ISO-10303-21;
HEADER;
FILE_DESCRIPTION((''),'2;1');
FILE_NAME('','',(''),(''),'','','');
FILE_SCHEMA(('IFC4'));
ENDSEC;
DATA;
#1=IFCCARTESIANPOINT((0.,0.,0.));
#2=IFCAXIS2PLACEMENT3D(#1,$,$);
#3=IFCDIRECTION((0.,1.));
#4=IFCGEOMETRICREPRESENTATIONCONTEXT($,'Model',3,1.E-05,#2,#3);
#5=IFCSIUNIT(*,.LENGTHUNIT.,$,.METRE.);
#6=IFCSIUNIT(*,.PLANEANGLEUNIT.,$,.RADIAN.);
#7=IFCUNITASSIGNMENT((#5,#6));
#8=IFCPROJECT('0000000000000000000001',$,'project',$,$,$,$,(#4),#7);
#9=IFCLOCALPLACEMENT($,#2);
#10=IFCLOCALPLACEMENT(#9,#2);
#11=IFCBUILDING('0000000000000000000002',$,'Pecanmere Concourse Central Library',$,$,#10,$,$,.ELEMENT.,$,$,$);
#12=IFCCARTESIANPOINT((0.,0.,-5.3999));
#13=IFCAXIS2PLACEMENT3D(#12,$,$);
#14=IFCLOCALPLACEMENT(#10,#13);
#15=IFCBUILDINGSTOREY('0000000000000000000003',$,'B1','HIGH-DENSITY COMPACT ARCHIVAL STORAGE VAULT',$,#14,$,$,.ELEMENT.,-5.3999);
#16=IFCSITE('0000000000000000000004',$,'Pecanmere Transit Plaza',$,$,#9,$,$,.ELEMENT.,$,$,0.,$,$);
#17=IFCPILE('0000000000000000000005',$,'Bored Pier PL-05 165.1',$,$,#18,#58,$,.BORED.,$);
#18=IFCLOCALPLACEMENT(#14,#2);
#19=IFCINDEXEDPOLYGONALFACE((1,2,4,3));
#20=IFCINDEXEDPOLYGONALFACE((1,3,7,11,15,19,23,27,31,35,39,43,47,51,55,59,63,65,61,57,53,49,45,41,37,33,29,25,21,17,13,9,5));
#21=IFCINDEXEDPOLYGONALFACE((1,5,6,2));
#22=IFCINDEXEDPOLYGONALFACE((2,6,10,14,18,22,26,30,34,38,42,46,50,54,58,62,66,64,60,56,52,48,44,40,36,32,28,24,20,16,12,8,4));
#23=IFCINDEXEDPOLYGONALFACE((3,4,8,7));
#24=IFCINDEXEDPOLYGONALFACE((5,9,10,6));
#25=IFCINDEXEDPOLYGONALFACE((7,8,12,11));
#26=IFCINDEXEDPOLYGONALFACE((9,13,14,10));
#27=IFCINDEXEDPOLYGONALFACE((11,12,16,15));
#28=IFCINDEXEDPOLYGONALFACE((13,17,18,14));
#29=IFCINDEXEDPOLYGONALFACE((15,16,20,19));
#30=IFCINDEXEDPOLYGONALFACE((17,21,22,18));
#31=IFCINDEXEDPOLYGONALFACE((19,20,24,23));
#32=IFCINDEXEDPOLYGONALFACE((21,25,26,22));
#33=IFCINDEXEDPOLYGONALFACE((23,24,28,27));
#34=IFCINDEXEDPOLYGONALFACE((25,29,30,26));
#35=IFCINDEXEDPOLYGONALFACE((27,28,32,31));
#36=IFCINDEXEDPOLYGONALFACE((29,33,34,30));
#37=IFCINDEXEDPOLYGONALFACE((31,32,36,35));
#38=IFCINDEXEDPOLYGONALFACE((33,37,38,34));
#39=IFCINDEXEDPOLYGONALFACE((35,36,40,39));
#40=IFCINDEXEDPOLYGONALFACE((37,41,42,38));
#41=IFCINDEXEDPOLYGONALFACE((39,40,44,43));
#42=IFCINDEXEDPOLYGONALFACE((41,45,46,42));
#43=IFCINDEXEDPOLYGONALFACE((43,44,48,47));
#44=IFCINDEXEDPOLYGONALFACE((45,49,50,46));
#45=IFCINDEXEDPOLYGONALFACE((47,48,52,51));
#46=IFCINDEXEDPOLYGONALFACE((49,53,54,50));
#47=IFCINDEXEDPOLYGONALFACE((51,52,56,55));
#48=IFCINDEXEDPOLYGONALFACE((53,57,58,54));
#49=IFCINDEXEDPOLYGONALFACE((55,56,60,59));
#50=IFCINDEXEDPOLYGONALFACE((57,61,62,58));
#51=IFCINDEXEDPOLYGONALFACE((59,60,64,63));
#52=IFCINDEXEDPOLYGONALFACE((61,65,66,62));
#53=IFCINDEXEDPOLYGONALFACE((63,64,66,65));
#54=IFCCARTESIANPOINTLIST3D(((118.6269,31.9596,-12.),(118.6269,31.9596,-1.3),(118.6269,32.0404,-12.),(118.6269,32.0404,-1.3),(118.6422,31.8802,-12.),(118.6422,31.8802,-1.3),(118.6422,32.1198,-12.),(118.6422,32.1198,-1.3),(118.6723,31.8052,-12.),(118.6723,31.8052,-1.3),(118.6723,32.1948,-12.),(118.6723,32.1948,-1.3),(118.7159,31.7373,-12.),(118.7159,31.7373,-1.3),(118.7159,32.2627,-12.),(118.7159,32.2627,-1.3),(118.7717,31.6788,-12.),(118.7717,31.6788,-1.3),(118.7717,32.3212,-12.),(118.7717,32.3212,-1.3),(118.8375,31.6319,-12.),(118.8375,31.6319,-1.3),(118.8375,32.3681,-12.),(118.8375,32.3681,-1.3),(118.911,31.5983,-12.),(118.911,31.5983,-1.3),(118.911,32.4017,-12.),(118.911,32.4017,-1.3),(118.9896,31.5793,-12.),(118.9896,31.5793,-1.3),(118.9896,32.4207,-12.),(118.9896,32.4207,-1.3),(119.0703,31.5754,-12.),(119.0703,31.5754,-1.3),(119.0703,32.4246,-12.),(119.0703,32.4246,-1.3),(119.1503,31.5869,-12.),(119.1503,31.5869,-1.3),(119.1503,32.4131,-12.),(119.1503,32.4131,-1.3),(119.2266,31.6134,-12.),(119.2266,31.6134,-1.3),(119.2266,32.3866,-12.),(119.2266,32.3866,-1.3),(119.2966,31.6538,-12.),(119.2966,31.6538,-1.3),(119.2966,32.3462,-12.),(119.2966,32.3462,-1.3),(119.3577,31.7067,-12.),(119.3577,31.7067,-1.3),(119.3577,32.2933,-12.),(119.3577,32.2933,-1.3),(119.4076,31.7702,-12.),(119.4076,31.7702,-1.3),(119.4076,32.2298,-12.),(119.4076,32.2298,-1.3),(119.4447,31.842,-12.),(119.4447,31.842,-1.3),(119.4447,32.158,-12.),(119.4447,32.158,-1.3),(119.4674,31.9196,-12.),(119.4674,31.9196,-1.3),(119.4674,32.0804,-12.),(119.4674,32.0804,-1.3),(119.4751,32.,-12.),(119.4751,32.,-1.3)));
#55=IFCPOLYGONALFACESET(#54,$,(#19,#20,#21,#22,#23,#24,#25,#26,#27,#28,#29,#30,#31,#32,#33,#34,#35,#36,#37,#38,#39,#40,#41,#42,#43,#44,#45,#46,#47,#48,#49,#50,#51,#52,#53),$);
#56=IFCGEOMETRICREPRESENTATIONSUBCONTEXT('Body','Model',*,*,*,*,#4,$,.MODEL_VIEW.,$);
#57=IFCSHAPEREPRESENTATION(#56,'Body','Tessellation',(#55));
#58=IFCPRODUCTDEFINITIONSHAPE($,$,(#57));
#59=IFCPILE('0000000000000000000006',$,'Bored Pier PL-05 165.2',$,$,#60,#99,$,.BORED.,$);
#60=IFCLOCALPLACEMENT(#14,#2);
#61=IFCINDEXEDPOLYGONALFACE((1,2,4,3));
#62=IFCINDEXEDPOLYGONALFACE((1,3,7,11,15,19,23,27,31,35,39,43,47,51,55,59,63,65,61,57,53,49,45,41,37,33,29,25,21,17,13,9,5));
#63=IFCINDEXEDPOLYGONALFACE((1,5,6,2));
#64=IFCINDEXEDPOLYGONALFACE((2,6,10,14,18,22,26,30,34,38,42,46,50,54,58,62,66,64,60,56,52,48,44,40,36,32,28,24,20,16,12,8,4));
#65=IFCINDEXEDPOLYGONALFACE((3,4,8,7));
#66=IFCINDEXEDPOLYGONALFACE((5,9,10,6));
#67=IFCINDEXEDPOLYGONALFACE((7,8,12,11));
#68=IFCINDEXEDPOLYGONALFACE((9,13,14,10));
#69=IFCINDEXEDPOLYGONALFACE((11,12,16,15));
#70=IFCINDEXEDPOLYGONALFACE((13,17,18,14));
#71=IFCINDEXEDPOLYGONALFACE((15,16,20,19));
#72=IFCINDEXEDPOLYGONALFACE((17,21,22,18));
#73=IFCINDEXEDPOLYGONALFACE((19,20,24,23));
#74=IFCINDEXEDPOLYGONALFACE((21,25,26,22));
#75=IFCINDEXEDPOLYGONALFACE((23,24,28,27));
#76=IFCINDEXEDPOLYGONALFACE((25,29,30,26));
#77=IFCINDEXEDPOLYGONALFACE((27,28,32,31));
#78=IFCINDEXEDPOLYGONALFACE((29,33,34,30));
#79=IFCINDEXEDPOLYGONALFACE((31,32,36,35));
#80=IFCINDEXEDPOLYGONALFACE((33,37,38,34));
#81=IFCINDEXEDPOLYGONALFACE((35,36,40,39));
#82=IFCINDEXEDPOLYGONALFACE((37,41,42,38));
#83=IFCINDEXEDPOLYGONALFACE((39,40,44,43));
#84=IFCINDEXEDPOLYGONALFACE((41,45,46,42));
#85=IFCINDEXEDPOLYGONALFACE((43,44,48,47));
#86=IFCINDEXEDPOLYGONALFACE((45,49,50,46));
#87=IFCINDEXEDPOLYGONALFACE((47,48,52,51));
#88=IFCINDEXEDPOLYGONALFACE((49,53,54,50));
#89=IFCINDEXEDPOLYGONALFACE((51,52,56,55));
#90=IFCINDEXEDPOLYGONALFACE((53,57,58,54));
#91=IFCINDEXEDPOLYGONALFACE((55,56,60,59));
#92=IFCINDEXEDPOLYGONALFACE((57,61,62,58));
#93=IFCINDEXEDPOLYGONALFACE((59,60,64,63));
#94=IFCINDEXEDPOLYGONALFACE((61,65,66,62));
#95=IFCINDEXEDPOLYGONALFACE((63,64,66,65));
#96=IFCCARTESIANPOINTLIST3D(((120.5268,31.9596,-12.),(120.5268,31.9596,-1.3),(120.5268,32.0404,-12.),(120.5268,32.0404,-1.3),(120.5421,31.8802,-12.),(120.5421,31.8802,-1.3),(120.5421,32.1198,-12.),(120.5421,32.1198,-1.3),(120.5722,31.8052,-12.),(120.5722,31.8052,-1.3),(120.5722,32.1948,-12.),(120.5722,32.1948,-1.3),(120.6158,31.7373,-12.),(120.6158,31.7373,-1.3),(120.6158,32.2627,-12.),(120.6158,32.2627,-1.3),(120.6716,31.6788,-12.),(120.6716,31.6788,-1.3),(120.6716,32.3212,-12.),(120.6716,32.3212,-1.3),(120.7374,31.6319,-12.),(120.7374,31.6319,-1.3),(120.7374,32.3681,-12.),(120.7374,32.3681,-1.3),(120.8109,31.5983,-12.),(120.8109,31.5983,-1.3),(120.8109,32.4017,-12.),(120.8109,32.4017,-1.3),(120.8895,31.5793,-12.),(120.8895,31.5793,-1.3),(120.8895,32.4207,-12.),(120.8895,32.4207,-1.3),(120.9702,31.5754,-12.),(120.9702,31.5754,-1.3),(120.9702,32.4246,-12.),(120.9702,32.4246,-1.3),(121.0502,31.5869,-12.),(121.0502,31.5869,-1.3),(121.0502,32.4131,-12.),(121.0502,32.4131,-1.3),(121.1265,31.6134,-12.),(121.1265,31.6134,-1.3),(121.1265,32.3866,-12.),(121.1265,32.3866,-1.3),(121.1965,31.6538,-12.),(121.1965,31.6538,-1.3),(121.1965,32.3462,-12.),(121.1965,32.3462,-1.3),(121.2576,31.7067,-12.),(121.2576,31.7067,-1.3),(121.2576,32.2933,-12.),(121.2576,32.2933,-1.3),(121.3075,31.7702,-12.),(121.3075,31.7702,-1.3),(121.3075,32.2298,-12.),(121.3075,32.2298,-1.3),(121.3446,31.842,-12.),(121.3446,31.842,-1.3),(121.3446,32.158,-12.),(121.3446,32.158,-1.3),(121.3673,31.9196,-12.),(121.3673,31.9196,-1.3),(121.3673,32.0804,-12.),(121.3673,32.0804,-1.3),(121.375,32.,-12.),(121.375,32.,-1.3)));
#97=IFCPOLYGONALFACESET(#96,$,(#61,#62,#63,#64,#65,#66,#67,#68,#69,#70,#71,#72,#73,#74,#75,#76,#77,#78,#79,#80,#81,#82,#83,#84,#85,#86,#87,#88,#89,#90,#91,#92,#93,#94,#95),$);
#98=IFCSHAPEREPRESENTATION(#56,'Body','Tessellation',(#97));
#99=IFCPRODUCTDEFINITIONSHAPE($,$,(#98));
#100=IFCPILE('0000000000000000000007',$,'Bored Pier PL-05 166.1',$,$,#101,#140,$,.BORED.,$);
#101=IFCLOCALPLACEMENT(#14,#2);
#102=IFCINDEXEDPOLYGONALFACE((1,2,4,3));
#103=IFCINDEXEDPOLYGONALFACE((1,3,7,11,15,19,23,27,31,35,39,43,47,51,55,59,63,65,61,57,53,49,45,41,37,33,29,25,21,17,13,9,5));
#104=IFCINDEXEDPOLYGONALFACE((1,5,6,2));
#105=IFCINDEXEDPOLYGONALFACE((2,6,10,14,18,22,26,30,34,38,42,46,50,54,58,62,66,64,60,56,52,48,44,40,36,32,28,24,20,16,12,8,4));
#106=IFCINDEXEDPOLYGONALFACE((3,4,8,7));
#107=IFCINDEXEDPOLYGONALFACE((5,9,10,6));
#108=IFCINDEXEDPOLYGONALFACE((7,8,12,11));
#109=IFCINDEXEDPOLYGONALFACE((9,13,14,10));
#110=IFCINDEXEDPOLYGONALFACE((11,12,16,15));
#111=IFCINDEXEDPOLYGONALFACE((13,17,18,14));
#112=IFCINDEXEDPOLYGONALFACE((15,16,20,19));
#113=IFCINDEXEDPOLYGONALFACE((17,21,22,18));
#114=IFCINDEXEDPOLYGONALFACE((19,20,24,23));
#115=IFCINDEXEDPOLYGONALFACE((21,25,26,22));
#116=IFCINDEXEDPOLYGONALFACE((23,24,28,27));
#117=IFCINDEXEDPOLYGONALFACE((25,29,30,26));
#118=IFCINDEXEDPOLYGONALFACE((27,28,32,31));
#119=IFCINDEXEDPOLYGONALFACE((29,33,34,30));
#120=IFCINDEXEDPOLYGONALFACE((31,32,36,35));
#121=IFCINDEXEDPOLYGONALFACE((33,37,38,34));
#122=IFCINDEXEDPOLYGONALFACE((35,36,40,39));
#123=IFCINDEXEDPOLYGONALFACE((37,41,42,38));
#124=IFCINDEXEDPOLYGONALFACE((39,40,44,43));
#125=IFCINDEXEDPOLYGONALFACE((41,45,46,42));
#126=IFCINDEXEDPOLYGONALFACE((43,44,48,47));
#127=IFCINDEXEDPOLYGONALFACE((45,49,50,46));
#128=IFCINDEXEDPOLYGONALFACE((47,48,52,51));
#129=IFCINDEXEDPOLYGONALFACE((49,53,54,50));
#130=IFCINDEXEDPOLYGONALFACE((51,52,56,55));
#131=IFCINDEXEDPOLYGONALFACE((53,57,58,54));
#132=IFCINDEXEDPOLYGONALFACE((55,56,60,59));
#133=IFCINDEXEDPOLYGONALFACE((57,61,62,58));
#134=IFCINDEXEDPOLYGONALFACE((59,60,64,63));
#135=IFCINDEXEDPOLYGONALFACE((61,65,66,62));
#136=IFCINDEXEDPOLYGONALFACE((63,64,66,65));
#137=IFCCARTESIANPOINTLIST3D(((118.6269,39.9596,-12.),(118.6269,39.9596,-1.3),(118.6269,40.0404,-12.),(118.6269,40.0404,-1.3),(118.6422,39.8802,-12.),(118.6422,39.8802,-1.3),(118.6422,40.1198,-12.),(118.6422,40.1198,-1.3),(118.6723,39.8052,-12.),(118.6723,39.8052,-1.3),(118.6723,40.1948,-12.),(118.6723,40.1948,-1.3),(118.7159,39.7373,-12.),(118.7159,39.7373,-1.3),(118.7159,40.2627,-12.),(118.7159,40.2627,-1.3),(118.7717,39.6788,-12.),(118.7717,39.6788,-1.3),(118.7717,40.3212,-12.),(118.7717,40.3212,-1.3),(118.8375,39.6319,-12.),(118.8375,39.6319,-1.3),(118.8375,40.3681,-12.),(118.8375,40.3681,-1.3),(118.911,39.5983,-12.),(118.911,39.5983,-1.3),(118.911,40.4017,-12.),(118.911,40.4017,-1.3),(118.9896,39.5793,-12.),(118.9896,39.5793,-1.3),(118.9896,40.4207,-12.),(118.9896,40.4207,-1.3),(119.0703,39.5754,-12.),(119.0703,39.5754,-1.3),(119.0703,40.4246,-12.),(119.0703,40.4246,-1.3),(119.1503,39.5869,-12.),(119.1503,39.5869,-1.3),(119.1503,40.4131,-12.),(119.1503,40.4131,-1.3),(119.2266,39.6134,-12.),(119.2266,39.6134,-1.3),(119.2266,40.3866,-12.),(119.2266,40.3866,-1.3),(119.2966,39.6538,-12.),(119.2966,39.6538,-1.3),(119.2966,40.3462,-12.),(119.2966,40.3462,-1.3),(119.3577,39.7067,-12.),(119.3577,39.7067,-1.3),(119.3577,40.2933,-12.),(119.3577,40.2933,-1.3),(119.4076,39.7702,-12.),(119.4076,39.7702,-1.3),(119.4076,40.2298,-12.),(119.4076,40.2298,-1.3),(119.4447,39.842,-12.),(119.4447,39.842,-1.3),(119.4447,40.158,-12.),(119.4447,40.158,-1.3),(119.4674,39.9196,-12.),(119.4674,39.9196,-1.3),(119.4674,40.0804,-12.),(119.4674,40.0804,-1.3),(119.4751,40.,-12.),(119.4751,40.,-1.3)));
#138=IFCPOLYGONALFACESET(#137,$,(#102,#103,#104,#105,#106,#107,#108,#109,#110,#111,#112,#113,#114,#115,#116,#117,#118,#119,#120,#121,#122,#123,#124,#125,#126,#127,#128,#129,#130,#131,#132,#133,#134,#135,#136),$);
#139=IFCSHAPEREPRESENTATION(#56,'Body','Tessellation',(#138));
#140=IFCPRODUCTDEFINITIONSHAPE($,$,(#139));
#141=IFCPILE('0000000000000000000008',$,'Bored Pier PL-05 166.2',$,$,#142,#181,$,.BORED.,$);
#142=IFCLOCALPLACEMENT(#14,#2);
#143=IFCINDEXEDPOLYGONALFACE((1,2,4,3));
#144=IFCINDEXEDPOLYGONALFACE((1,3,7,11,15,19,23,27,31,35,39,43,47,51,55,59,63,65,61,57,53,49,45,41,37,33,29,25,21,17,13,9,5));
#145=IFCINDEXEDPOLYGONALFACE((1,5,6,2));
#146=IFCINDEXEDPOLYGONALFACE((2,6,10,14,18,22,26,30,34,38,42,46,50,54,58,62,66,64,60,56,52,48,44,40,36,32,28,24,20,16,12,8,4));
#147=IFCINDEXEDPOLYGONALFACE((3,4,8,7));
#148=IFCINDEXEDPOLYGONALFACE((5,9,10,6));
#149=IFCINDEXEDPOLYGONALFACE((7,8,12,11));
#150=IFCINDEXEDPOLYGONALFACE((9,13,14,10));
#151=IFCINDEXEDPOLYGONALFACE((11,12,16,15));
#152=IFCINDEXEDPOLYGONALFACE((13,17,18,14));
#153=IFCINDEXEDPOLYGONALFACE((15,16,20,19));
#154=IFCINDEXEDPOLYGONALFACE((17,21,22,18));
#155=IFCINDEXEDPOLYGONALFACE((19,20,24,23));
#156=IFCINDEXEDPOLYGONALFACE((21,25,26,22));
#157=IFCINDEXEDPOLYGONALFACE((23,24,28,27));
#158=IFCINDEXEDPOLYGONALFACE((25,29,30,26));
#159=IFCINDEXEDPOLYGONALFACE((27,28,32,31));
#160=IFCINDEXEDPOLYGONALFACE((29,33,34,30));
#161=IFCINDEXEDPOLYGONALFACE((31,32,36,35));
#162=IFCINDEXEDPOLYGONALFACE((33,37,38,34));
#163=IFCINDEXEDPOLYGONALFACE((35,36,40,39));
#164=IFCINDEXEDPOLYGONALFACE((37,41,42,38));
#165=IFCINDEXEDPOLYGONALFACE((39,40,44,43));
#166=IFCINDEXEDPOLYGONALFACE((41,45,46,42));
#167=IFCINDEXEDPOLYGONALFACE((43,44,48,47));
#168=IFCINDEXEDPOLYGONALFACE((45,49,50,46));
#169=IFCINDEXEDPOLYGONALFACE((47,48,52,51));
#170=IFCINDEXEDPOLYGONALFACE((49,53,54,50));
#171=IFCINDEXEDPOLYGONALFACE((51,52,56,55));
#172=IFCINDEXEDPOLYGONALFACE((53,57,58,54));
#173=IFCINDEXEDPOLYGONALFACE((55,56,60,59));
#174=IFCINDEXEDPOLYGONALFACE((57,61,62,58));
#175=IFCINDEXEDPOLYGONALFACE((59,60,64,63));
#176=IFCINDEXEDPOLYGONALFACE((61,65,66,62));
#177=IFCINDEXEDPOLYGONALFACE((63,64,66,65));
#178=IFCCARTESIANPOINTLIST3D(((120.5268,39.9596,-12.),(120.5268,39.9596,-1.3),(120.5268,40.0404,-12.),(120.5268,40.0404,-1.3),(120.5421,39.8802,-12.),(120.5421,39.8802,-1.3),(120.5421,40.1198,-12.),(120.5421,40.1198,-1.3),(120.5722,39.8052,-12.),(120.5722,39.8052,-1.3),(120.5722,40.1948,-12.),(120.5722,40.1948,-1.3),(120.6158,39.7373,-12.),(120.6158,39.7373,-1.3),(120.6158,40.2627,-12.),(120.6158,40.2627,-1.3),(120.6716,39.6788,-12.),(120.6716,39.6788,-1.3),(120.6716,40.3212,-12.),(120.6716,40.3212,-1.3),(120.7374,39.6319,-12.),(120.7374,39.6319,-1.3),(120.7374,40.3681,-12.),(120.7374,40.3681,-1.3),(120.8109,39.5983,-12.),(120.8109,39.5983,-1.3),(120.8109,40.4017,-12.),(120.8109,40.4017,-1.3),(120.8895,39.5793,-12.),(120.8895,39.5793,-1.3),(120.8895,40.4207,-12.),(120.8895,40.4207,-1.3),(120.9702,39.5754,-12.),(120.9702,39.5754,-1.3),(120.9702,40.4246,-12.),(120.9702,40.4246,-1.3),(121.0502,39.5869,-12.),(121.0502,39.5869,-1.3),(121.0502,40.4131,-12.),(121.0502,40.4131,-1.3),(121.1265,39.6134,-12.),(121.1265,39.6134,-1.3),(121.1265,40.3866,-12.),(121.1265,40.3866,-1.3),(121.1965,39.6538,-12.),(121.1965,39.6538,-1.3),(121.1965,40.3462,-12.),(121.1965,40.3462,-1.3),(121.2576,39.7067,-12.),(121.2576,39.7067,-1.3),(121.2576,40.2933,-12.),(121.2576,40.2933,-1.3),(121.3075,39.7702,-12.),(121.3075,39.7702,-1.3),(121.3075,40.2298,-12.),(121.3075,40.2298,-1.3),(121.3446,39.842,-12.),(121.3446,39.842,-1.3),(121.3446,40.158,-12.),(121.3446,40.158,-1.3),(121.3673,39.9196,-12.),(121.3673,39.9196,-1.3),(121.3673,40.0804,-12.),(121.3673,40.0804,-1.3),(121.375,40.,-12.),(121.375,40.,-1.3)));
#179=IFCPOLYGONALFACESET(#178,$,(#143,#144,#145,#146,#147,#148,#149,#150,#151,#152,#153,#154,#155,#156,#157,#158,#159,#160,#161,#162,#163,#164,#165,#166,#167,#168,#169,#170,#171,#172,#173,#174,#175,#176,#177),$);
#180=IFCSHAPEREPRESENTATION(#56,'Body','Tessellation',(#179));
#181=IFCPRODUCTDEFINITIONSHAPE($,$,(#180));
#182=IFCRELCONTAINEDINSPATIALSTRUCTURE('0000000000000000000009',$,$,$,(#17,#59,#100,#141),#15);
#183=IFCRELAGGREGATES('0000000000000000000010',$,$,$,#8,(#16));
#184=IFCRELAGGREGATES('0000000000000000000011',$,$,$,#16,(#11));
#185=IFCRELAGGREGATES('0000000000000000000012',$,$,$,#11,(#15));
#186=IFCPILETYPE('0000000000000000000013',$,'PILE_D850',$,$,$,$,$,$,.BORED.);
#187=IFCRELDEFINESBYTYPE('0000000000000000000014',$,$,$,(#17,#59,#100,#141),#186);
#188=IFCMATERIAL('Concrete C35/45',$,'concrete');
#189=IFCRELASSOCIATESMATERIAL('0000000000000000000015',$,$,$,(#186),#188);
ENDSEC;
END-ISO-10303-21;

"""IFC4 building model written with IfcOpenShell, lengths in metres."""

from ifc_helpers import new_model, si_unit, direction, frame, origin, origin_2d, place, context, subcontext, project, spatial, circle, extrude, material, material_profile, profile_set, type_object, element, save


model = new_model("IFC4")

# Units and contexts
model_context = context("Model", 3, precision=1e-05, world=origin(), true_north=direction((0.0, 1.0)))
body_context = subcontext(model_context, "Body", "Model", "MODEL_VIEW")
ifc_project = project(units=[si_unit("LENGTHUNIT", "METRE"), si_unit("PLANEANGLEUNIT", "RADIAN")], contexts=[model_context])

# Site, building, storey
site_placement = place(None, origin())
site = spatial("IfcSite", under=ifc_project, at=site_placement, Name="Pecanmere Transit Plaza", CompositionType="ELEMENT", RefElevation=0.0)
building_placement = place(site_placement, origin())
building = spatial("IfcBuilding", under=site, at=building_placement, Name="Pecanmere Concourse Central Library", CompositionType="ELEMENT")
storey_placement = place(building_placement, frame((0.0, 0.0, -5.3999)))
storey = spatial("IfcBuildingStorey", under=building, at=storey_placement, Name="B1", Description="HIGH-DENSITY COMPACT ARCHIVAL STORAGE VAULT", CompositionType="ELEMENT", Elevation=-5.3999)

# Piles
ifc_material_1 = material(Name="Concrete C35/45", Category="concrete")
ifc_material_profile_1 = material_profile(ifc_material_1, circle(Radius=0.425, at=origin_2d()), Name="PIER D850")
ifc_profile_set_1 = profile_set([ifc_material_profile_1], Name="Concrete C35/45")
pile_type_1 = type_object("IfcPileType", Name="PILE_D850", PredefinedType="BORED", material=ifc_profile_set_1)
for number, where, z_axis, x_axis, name in (
    (1, (119.05, 32.0, -1.3), (0.0, 0.0, -1.0), (1.0, 0.0, 0.0), "Bored Pier PL-05 165.1"),
    (2, (120.95, 32.0, -1.3), (0.0, 0.0, -1.0), (1.0, 0.0, 0.0), "Bored Pier PL-05 165.2"),
    (3, (119.05, 40.0, -1.3), (0.0, 0.0, -1.0), (1.0, 0.0, 0.0), "Bored Pier PL-05 166.1"),
    (4, (120.95, 40.0, -1.3), (0.0, 0.0, -1.0), (1.0, 0.0, 0.0), "Bored Pier PL-05 166.2"),
):
    element("IfcPile", number, at=place(storey_placement, frame(where, z_axis=z_axis, x_axis=x_axis)), inside=storey, type_object=pile_type_1, Name=name, PredefinedType="BORED", context=body_context, shape_type="SweptSolid", body=[
        extrude(circle(Radius=0.425, at=origin_2d()), origin(), (0.0, 0.0, 1.0), 10.7),
    ])

save(model, "model.ifc")
